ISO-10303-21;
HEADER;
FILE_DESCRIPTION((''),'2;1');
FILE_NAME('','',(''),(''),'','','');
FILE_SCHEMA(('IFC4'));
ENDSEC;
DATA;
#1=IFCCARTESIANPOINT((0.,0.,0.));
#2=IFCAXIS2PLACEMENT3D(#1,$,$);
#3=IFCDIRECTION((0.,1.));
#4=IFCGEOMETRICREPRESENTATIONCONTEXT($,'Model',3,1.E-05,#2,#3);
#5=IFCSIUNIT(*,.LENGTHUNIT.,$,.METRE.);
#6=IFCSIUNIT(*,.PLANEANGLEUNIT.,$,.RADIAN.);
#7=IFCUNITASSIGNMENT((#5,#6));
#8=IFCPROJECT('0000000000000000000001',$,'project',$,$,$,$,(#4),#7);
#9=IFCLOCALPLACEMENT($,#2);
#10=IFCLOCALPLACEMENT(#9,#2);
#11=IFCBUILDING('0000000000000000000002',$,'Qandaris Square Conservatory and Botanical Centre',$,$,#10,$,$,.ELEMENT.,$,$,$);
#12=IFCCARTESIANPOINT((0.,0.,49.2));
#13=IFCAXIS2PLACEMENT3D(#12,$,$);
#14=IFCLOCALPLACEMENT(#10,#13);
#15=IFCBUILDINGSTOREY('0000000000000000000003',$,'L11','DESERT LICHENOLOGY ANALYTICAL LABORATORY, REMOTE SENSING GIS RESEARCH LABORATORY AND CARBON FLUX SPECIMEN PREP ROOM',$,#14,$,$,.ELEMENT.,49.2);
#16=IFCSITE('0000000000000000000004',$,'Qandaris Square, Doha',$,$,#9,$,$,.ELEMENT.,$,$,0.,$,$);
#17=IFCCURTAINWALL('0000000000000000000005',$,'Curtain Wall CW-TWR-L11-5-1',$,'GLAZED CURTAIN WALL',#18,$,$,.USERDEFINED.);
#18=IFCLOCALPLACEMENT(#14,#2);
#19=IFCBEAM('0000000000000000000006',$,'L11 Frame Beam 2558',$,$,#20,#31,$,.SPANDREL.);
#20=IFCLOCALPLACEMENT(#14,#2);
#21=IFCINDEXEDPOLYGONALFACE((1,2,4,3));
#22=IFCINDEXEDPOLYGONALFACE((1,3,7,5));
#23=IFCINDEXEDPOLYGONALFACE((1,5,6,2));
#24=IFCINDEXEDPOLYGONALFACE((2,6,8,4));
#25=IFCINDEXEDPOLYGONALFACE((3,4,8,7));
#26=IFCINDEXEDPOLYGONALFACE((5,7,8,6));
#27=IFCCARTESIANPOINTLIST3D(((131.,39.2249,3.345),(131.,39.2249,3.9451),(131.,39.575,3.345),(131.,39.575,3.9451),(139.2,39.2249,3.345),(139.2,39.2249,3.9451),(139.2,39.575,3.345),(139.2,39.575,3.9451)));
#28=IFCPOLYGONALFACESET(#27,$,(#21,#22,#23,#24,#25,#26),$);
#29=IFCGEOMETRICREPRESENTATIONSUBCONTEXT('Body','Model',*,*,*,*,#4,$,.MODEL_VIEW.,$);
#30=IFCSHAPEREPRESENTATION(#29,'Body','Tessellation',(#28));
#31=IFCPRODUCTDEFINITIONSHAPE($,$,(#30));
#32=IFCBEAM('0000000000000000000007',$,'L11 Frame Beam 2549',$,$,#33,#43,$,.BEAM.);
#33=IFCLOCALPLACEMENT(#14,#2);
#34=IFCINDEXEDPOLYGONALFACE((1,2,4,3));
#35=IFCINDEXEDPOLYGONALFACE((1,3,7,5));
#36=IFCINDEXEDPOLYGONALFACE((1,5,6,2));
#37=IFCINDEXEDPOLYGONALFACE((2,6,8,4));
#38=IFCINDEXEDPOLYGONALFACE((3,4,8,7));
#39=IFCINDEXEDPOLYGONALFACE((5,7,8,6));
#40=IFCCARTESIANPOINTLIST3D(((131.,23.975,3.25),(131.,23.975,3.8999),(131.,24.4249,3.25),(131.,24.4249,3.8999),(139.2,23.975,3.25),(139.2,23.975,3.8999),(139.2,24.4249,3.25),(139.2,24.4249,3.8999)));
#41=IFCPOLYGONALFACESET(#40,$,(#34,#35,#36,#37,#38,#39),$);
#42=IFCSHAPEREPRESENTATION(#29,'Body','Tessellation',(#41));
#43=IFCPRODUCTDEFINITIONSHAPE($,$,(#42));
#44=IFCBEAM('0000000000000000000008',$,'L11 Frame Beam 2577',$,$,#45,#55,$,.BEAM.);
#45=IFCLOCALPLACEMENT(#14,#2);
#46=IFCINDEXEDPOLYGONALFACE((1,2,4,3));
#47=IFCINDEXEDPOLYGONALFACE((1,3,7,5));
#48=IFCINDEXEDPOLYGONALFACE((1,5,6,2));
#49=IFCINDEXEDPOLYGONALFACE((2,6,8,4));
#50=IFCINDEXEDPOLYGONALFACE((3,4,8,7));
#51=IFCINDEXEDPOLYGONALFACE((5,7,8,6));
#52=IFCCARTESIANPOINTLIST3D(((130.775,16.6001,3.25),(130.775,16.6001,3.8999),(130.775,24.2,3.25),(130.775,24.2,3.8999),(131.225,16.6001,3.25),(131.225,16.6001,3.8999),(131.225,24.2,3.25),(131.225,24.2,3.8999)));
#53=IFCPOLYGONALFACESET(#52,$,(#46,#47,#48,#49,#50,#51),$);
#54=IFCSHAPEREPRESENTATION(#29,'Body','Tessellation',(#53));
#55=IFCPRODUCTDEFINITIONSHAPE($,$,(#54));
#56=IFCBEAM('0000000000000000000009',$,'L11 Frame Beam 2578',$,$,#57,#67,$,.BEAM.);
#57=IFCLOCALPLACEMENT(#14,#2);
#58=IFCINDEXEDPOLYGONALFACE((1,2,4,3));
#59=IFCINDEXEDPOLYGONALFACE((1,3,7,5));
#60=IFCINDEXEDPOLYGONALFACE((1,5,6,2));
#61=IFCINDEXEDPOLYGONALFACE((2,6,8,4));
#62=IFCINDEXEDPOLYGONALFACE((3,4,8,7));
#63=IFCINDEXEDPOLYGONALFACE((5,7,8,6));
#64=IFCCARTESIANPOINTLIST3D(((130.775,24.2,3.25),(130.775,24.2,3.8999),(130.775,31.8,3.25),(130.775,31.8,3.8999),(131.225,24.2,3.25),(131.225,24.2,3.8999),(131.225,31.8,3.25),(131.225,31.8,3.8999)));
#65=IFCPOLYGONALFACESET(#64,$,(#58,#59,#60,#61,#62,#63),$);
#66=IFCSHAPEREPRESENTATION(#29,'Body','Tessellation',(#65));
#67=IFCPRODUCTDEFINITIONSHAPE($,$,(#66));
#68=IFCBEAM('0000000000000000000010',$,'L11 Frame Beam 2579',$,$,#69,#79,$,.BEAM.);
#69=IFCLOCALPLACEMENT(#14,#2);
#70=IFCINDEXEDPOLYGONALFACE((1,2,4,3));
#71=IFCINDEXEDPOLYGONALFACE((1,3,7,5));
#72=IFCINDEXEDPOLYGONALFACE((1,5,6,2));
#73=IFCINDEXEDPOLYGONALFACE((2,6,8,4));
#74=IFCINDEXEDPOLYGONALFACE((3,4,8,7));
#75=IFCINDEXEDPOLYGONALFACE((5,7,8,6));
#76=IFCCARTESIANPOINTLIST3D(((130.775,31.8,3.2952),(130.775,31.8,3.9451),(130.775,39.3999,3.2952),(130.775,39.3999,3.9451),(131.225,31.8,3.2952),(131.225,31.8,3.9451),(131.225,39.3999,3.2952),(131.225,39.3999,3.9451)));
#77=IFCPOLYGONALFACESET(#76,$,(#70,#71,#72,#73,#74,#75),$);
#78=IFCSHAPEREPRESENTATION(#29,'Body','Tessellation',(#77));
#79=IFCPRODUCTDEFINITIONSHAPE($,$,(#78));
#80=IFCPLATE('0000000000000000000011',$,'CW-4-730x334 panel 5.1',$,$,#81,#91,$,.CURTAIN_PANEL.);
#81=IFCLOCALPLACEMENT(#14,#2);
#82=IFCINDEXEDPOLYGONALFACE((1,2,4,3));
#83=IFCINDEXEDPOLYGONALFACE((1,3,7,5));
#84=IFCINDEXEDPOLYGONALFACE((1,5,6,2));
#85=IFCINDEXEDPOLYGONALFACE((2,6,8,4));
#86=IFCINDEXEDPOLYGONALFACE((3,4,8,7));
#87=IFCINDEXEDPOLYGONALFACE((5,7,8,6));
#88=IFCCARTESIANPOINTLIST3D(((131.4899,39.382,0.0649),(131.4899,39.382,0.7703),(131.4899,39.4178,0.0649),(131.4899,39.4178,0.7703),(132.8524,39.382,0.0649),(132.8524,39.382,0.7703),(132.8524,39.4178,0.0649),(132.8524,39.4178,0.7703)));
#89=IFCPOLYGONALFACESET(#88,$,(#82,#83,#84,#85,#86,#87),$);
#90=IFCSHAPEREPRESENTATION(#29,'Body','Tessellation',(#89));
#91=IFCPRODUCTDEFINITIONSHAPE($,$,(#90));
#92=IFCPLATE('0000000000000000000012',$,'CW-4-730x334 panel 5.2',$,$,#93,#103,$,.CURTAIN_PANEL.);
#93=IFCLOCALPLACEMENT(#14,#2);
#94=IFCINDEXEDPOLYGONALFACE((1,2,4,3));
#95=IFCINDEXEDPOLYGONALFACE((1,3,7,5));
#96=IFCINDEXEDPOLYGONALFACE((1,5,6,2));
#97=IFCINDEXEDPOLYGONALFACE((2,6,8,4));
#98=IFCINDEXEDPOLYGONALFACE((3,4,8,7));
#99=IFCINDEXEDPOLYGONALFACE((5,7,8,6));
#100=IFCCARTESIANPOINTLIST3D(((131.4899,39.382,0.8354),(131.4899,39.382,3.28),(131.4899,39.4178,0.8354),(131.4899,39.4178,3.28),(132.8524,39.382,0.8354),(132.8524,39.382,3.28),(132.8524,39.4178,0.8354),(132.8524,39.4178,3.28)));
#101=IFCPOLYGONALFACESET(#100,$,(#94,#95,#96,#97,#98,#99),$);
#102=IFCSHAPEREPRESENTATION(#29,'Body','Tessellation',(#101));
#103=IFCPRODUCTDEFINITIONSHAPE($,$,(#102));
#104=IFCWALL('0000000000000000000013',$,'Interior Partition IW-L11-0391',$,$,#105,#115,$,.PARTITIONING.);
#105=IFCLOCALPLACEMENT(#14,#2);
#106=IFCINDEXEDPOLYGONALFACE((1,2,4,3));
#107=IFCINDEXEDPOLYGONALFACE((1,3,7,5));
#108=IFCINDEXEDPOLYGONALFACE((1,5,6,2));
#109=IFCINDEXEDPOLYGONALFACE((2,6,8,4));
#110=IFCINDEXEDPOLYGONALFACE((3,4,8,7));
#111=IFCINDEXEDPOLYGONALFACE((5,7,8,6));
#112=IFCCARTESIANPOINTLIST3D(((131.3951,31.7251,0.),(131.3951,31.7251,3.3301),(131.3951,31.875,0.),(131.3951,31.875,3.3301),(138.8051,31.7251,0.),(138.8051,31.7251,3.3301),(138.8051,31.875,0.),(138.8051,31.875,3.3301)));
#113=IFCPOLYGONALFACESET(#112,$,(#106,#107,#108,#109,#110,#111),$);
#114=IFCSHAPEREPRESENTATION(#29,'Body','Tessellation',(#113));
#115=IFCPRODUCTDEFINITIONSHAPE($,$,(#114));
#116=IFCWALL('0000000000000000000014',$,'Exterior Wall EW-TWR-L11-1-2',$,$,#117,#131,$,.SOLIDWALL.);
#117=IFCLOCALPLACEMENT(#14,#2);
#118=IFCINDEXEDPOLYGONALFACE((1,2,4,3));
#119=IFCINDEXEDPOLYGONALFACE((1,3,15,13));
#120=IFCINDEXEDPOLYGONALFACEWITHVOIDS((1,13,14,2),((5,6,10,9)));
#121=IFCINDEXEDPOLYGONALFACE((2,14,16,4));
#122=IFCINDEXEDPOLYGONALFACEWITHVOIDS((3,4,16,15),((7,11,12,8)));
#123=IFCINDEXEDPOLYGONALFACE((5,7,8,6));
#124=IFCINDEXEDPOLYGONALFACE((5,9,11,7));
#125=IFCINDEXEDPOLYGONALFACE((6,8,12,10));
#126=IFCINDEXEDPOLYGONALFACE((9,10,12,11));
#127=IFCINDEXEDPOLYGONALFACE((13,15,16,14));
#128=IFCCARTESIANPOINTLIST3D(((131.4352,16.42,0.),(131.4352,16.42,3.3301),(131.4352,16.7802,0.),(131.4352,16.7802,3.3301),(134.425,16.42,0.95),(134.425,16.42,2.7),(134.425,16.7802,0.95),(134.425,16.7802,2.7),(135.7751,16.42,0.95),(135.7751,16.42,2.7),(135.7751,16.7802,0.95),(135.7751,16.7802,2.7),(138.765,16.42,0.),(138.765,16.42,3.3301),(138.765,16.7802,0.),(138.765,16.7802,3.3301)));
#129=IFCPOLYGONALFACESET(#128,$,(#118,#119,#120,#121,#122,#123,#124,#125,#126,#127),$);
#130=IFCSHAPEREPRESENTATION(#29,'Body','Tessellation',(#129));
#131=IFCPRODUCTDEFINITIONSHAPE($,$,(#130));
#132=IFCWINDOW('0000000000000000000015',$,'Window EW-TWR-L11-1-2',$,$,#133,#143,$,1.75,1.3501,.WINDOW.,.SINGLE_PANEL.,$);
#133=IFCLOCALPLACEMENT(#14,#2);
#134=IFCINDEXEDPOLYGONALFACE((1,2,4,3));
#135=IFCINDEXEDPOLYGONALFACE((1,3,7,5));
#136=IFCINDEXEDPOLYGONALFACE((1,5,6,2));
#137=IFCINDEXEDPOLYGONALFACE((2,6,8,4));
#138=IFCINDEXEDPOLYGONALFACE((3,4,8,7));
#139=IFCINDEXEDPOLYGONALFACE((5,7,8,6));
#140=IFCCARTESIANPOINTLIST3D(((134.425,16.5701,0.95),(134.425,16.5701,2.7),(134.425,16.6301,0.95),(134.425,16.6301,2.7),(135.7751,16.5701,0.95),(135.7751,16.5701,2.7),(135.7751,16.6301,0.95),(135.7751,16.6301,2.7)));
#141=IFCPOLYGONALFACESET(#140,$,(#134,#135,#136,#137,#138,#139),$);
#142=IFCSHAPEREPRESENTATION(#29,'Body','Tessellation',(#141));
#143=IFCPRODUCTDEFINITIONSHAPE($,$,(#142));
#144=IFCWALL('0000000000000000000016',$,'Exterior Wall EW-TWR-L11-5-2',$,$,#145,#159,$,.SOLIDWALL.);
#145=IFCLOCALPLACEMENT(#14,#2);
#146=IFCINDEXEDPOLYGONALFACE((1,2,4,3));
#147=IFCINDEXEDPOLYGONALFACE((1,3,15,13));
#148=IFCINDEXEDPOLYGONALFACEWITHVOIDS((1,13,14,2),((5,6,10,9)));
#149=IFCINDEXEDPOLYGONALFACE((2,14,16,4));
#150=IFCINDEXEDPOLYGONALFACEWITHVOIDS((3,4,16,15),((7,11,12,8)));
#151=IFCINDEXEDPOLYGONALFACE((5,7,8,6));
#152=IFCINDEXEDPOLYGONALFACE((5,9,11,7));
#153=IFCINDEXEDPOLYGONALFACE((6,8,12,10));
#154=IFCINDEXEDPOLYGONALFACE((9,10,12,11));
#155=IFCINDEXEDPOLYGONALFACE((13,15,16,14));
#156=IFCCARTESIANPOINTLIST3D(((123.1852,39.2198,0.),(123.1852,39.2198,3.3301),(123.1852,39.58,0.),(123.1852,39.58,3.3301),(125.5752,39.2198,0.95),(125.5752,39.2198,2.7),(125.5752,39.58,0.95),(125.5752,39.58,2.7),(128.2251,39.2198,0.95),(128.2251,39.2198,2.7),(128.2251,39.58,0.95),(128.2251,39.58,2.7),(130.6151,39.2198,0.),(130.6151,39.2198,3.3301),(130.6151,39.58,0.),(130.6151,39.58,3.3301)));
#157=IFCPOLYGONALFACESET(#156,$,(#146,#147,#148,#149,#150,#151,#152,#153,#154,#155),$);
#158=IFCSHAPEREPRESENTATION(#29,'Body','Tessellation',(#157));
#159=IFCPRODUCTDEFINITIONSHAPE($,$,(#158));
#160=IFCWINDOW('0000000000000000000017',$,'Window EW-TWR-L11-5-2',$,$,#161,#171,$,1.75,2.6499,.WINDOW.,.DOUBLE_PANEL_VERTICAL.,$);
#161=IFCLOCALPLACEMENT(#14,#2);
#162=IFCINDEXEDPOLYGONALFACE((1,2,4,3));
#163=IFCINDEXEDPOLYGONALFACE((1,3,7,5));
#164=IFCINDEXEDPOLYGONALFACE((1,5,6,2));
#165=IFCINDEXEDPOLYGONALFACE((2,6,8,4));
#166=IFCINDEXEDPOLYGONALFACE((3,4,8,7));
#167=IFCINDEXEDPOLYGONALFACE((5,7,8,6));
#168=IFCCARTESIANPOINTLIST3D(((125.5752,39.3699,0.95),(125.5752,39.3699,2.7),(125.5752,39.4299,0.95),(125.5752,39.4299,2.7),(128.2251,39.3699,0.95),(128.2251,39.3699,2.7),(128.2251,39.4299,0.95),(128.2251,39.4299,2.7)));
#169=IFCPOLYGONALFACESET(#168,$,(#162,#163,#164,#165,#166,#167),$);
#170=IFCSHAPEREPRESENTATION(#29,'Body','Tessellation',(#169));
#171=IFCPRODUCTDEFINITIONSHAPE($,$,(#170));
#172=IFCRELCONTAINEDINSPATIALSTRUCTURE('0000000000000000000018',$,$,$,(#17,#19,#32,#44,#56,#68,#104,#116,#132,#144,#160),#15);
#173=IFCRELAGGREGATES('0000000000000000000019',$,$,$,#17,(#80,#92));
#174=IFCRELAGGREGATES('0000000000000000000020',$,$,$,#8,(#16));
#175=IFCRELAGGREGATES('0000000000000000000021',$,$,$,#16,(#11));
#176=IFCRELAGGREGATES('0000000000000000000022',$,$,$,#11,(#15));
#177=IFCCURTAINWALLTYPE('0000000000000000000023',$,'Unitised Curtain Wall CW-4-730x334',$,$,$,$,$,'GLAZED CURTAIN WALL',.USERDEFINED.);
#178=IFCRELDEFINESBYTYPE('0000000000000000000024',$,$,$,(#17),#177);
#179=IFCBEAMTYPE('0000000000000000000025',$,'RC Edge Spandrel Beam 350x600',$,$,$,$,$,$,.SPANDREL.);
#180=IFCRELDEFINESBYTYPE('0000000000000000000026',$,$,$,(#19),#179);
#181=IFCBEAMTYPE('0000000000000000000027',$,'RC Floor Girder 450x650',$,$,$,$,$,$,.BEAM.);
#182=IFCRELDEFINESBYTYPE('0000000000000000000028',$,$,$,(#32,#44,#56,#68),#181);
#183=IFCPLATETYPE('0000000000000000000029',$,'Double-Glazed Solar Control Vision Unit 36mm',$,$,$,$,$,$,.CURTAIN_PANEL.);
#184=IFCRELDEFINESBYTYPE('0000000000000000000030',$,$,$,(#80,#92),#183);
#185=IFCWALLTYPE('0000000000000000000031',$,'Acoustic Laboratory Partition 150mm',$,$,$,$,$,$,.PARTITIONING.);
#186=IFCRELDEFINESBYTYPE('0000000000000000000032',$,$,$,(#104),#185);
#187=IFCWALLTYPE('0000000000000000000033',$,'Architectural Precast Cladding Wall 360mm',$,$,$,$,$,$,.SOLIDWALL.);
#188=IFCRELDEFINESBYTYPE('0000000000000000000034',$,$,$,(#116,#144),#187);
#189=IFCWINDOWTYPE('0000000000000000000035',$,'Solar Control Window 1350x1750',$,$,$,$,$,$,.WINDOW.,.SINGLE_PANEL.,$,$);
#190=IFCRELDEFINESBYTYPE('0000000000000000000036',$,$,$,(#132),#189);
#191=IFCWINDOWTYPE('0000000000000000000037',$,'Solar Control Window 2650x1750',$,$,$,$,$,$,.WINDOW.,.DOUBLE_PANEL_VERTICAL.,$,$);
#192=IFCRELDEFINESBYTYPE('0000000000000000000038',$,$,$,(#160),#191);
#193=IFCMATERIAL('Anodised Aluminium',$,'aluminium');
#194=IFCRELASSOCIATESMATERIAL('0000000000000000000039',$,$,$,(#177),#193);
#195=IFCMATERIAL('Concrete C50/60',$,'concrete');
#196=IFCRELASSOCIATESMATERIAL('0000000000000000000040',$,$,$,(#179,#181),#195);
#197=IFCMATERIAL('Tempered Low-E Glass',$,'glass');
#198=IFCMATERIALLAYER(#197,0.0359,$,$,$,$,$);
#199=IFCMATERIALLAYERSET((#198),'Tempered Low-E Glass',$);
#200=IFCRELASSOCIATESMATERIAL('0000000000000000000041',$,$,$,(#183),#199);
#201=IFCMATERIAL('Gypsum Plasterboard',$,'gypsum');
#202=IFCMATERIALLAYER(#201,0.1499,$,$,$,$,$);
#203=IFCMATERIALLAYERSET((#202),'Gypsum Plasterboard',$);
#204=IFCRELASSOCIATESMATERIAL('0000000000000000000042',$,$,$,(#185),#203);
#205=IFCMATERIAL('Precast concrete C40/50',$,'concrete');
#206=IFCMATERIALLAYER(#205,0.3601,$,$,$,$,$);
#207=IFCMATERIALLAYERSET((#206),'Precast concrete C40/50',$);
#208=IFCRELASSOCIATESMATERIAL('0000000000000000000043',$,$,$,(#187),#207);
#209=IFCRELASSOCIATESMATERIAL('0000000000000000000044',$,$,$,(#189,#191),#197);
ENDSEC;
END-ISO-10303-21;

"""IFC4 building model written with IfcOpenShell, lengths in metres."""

from ifc_helpers import new_model, si_unit, direction, frame, frame_2d, origin, origin_2d, place, context, subcontext, project, spatial, rectangle, extrude, material, layer, layer_set, material_profile, profile_set, type_object, element, fill, aggregate, save


model = new_model("IFC4")

# Units and contexts
model_context = context("Model", 3, precision=1e-05, world=origin(), true_north=direction((0.0, 1.0)))
body_context = subcontext(model_context, "Body", "Model", "MODEL_VIEW")
ifc_project = project(units=[si_unit("LENGTHUNIT", "METRE"), si_unit("PLANEANGLEUNIT", "RADIAN")], contexts=[model_context])

# Site, building, storey
site_placement = place(None, origin())
site = spatial("IfcSite", under=ifc_project, at=site_placement, Name="Qandaris Square, Doha", CompositionType="ELEMENT", RefElevation=0.0)
building_placement = place(site_placement, origin())
building = spatial("IfcBuilding", under=site, at=building_placement, Name="Qandaris Square Conservatory and Botanical Centre", CompositionType="ELEMENT")
storey_placement = place(building_placement, frame((0.0, 0.0, 49.2)))
storey = spatial("IfcBuildingStorey", under=building, at=storey_placement, Name="L11", Description="DESERT LICHENOLOGY ANALYTICAL LABORATORY, REMOTE SENSING GIS RESEARCH LABORATORY AND CARBON FLUX SPECIMEN PREP ROOM", CompositionType="ELEMENT", Elevation=49.2)

# Shared definitions
ifc_material_1 = material(Name="Concrete C50/60", Category="concrete")

# Curtain wall
ifc_material_2 = material(Name="Anodised Aluminium", Category="aluminium")
curtain_wall_type = type_object("IfcCurtainWallType", Name="Unitised Curtain Wall CW-4-730x334", ElementType="GLAZED CURTAIN WALL", PredefinedType="USERDEFINED", material=ifc_material_2)
curtain_wall_placement = place(storey_placement, origin())
curtain_wall = element("IfcCurtainWall", 1, at=curtain_wall_placement, inside=storey, type_object=curtain_wall_type, Name="Curtain Wall CW-TWR-L11-5-1", ObjectType="GLAZED CURTAIN WALL", PredefinedType="USERDEFINED")

# Beams
ifc_material_profile_1 = material_profile(ifc_material_1, rectangle(XDim=0.3501, YDim=0.6001, at=origin_2d()), Name="RC-SP 350x600")
ifc_profile_set_1 = profile_set([ifc_material_profile_1], Name="Concrete C50/60")
beam_type_1 = type_object("IfcBeamType", Name="RC Edge Spandrel Beam 350x600", PredefinedType="SPANDREL", material=ifc_profile_set_1)
for number, where, z_axis, x_axis, name in (
    (2, (131.0, 39.3999, 3.645), (1.0, 0.0, 0.0), (0.0, 1.0, 0.0), "L11 Frame Beam 2558"),
):
    element("IfcBeam", number, at=place(storey_placement, frame(where, z_axis=z_axis, x_axis=x_axis)), inside=storey, type_object=beam_type_1, Name=name, PredefinedType="SPANDREL", context=body_context, shape_type="SweptSolid", body=[
        extrude(rectangle(XDim=0.3501, YDim=0.6001, at=origin_2d()), origin(), (0.0, 0.0, 1.0), 8.2),
    ])
ifc_material_profile_2 = material_profile(ifc_material_1, rectangle(XDim=0.45, YDim=0.6499, at=origin_2d()), Name="RC-BM 450x650")
ifc_profile_set_2 = profile_set([ifc_material_profile_2], Name="Concrete C50/60")
beam_type_2 = type_object("IfcBeamType", Name="RC Floor Girder 450x650", PredefinedType="BEAM", material=ifc_profile_set_2)
beam_1_placement = place(storey_placement, frame((131.0, 24.2, 3.575), z_axis=(1.0, 0.0, 0.0), x_axis=(0.0, 1.0, 0.0)))
element("IfcBeam", 3, at=beam_1_placement, inside=storey, type_object=beam_type_2, Name="L11 Frame Beam 2549", PredefinedType="BEAM", context=body_context, shape_type="SweptSolid", body=[
    extrude(rectangle(XDim=0.45, YDim=0.6499, at=origin_2d()), origin(), (0.0, 0.0, 1.0), 8.2),
])
beam_2_placement = place(storey_placement, frame((131.0, 16.6001, 3.575), z_axis=(0.0, 1.0, 0.0), x_axis=(-1.0, 0.0, 0.0)))
element("IfcBeam", 4, at=beam_2_placement, inside=storey, type_object=beam_type_2, Name="L11 Frame Beam 2577", PredefinedType="BEAM", context=body_context, shape_type="SweptSolid", body=[
    extrude(rectangle(XDim=0.45, YDim=0.6499, at=origin_2d()), origin(), (0.0, 0.0, 1.0), 7.5999),
])
beam_3_placement = place(storey_placement, frame((131.0, 24.2, 3.575), z_axis=(0.0, 1.0, 0.0), x_axis=(-1.0, 0.0, 0.0)))
element("IfcBeam", 5, at=beam_3_placement, inside=storey, type_object=beam_type_2, Name="L11 Frame Beam 2578", PredefinedType="BEAM", context=body_context, shape_type="SweptSolid", body=[
    extrude(rectangle(XDim=0.45, YDim=0.6499, at=origin_2d()), origin(), (0.0, 0.0, 1.0), 7.6001),
])
beam_4_placement = place(storey_placement, frame((131.0, 31.8, 3.6201), z_axis=(0.0, 1.0, 0.0), x_axis=(-1.0, 0.0, 0.0)))
element("IfcBeam", 6, at=beam_4_placement, inside=storey, type_object=beam_type_2, Name="L11 Frame Beam 2579", PredefinedType="BEAM", context=body_context, shape_type="SweptSolid", body=[
    extrude(rectangle(XDim=0.45, YDim=0.6499, at=origin_2d()), origin(), (0.0, 0.0, 1.0), 7.5999),
])

# Plates
ifc_material_3 = material(Name="Tempered Low-E Glass", Category="glass")
ifc_layer_1 = layer(ifc_material_3, 0.0359)
ifc_layer_set_1 = layer_set([ifc_layer_1], Name="Tempered Low-E Glass")
plate_type = type_object("IfcPlateType", Name="Double-Glazed Solar Control Vision Unit 36mm", PredefinedType="CURTAIN_PANEL", material=ifc_layer_set_1)
plate_1_placement = place(storey_placement, frame((132.1711, 39.3999, 0.0649), z_axis=(0.0, 0.0, 1.0), x_axis=(-1.0, 0.0, 0.0)))
plate_1 = element("IfcPlate", 7, at=plate_1_placement, type_object=plate_type, Name="CW-4-730x334 panel 5.1", PredefinedType="CURTAIN_PANEL", context=body_context, shape_type="SweptSolid", body=[
    extrude(rectangle(XDim=1.3625, YDim=0.0359, at=origin_2d()), origin(), (0.0, 0.0, 1.0), 0.7053),
])
plate_2_placement = place(storey_placement, frame((132.1711, 39.3999, 0.8354), z_axis=(0.0, 0.0, 1.0), x_axis=(-1.0, 0.0, 0.0)))
plate_2 = element("IfcPlate", 8, at=plate_2_placement, type_object=plate_type, Name="CW-4-730x334 panel 5.2", PredefinedType="CURTAIN_PANEL", context=body_context, shape_type="SweptSolid", body=[
    extrude(rectangle(XDim=1.3625, YDim=0.0359, at=origin_2d()), origin(), (0.0, 0.0, 1.0), 2.4446),
])
aggregate(curtain_wall, [plate_1, plate_2])

# Wall
ifc_material_4 = material(Name="Gypsum Plasterboard", Category="gypsum")
ifc_layer_2 = layer(ifc_material_4, 0.1499)
ifc_layer_set_2 = layer_set([ifc_layer_2], Name="Gypsum Plasterboard")
wall_type_1 = type_object("IfcWallType", Name="Acoustic Laboratory Partition 150mm", PredefinedType="PARTITIONING", material=ifc_layer_set_2)
wall_1_placement = place(storey_placement, frame((131.395, 31.8, 0.0), z_axis=(0.0, 0.0, 1.0), x_axis=(1.0, 0.0, 0.0)))
element("IfcWall", 9, at=wall_1_placement, inside=storey, type_object=wall_type_1, Name="Interior Partition IW-L11-0391", PredefinedType="PARTITIONING", context=body_context, shape_type="SweptSolid", body=[
    extrude(rectangle(XDim=7.4099, YDim=0.1499, at=frame_2d((3.7051, 0.0))), origin(), (0.0, 0.0, 1.0), 3.3301),
])

# Walls, openings, windows
ifc_material_5 = material(Name="Precast concrete C40/50", Category="concrete")
ifc_layer_3 = layer(ifc_material_5, 0.3601)
ifc_layer_set_3 = layer_set([ifc_layer_3], Name="Precast concrete C40/50")
wall_type_2 = type_object("IfcWallType", Name="Architectural Precast Cladding Wall 360mm", PredefinedType="SOLIDWALL", material=ifc_layer_set_3)
wall_2_placement = place(storey_placement, frame((131.4351, 16.6001, 0.0), z_axis=(0.0, 0.0, 1.0), x_axis=(1.0, 0.0, 0.0)))
wall_2 = element("IfcWall", 10, at=wall_2_placement, inside=storey, type_object=wall_type_2, Name="Exterior Wall EW-TWR-L11-1-2", PredefinedType="SOLIDWALL", context=body_context, shape_type="SweptSolid", body=[
    extrude(rectangle(XDim=7.3298, YDim=0.3601, at=frame_2d((3.665, 0.0))), origin(), (0.0, 0.0, 1.0), 3.3301),
])
opening_1_placement = place(wall_2_placement, frame((2.99, 0.0, 0.95)))
opening_1 = element("IfcOpeningElement", 11, at=opening_1_placement, cuts=wall_2, PredefinedType="OPENING", context=body_context, shape_type="SweptSolid", body=[
    extrude(rectangle(XDim=1.3501, YDim=1.75, at=frame_2d((0.675, 0.875))), frame((0.0, 0.1919, 0.0), z_axis=(0.0, -1.0, 0.0), x_axis=(1.0, 0.0, 0.0)), (0.0, 0.0, 1.0), 0.384),
])
window_type_1 = type_object("IfcWindowType", Name="Solar Control Window 1350x1750", PartitioningType="SINGLE_PANEL", PredefinedType="WINDOW", material=ifc_material_3)
window_1_placement = place(opening_1_placement, origin())
window_1 = element("IfcWindow", 12, at=window_1_placement, inside=storey, type_object=window_type_1, Name="Window EW-TWR-L11-1-2", OverallHeight=1.75, OverallWidth=1.3501, PartitioningType="SINGLE_PANEL", PredefinedType="WINDOW", context=body_context, shape_type="SweptSolid", body=[
    extrude(rectangle(XDim=1.3501, YDim=1.75, at=frame_2d((0.675, 0.875))), frame((0.0, 0.03, 0.0), z_axis=(0.0, -1.0, 0.0), x_axis=(1.0, 0.0, 0.0)), (0.0, 0.0, 1.0), 0.0601),
])
fill(opening_1, window_1)
wall_3_placement = place(storey_placement, frame((130.615, 39.3999, 0.0), z_axis=(0.0, 0.0, 1.0), x_axis=(-1.0, 0.0, 0.0)))
wall_3 = element("IfcWall", 13, at=wall_3_placement, inside=storey, type_object=wall_type_2, Name="Exterior Wall EW-TWR-L11-5-2", PredefinedType="SOLIDWALL", context=body_context, shape_type="SweptSolid", body=[
    extrude(rectangle(XDim=7.4299, YDim=0.3601, at=frame_2d((3.7148, 0.0))), origin(), (0.0, 0.0, 1.0), 3.3301),
])
opening_2_placement = place(wall_3_placement, frame((2.3899, 0.0, 0.95)))
opening_2 = element("IfcOpeningElement", 14, at=opening_2_placement, cuts=wall_3, PredefinedType="OPENING", context=body_context, shape_type="SweptSolid", body=[
    extrude(rectangle(XDim=2.6499, YDim=1.75, at=frame_2d((1.325, 0.875))), frame((0.0, 0.1919, 0.0), z_axis=(0.0, -1.0, 0.0), x_axis=(1.0, 0.0, 0.0)), (0.0, 0.0, 1.0), 0.384),
])
window_type_2 = type_object("IfcWindowType", Name="Solar Control Window 2650x1750", PartitioningType="DOUBLE_PANEL_VERTICAL", PredefinedType="WINDOW", material=ifc_material_3)
window_2_placement = place(opening_2_placement, origin())
window_2 = element("IfcWindow", 15, at=window_2_placement, inside=storey, type_object=window_type_2, Name="Window EW-TWR-L11-5-2", OverallHeight=1.75, OverallWidth=2.6499, PartitioningType="DOUBLE_PANEL_VERTICAL", PredefinedType="WINDOW", context=body_context, shape_type="SweptSolid", body=[
    extrude(rectangle(XDim=2.6499, YDim=1.75, at=frame_2d((1.325, 0.875))), frame((0.0, 0.03, 0.0), z_axis=(0.0, -1.0, 0.0), x_axis=(1.0, 0.0, 0.0)), (0.0, 0.0, 1.0), 0.0601),
])
fill(opening_2, window_2)

save(model, "model.ifc")
